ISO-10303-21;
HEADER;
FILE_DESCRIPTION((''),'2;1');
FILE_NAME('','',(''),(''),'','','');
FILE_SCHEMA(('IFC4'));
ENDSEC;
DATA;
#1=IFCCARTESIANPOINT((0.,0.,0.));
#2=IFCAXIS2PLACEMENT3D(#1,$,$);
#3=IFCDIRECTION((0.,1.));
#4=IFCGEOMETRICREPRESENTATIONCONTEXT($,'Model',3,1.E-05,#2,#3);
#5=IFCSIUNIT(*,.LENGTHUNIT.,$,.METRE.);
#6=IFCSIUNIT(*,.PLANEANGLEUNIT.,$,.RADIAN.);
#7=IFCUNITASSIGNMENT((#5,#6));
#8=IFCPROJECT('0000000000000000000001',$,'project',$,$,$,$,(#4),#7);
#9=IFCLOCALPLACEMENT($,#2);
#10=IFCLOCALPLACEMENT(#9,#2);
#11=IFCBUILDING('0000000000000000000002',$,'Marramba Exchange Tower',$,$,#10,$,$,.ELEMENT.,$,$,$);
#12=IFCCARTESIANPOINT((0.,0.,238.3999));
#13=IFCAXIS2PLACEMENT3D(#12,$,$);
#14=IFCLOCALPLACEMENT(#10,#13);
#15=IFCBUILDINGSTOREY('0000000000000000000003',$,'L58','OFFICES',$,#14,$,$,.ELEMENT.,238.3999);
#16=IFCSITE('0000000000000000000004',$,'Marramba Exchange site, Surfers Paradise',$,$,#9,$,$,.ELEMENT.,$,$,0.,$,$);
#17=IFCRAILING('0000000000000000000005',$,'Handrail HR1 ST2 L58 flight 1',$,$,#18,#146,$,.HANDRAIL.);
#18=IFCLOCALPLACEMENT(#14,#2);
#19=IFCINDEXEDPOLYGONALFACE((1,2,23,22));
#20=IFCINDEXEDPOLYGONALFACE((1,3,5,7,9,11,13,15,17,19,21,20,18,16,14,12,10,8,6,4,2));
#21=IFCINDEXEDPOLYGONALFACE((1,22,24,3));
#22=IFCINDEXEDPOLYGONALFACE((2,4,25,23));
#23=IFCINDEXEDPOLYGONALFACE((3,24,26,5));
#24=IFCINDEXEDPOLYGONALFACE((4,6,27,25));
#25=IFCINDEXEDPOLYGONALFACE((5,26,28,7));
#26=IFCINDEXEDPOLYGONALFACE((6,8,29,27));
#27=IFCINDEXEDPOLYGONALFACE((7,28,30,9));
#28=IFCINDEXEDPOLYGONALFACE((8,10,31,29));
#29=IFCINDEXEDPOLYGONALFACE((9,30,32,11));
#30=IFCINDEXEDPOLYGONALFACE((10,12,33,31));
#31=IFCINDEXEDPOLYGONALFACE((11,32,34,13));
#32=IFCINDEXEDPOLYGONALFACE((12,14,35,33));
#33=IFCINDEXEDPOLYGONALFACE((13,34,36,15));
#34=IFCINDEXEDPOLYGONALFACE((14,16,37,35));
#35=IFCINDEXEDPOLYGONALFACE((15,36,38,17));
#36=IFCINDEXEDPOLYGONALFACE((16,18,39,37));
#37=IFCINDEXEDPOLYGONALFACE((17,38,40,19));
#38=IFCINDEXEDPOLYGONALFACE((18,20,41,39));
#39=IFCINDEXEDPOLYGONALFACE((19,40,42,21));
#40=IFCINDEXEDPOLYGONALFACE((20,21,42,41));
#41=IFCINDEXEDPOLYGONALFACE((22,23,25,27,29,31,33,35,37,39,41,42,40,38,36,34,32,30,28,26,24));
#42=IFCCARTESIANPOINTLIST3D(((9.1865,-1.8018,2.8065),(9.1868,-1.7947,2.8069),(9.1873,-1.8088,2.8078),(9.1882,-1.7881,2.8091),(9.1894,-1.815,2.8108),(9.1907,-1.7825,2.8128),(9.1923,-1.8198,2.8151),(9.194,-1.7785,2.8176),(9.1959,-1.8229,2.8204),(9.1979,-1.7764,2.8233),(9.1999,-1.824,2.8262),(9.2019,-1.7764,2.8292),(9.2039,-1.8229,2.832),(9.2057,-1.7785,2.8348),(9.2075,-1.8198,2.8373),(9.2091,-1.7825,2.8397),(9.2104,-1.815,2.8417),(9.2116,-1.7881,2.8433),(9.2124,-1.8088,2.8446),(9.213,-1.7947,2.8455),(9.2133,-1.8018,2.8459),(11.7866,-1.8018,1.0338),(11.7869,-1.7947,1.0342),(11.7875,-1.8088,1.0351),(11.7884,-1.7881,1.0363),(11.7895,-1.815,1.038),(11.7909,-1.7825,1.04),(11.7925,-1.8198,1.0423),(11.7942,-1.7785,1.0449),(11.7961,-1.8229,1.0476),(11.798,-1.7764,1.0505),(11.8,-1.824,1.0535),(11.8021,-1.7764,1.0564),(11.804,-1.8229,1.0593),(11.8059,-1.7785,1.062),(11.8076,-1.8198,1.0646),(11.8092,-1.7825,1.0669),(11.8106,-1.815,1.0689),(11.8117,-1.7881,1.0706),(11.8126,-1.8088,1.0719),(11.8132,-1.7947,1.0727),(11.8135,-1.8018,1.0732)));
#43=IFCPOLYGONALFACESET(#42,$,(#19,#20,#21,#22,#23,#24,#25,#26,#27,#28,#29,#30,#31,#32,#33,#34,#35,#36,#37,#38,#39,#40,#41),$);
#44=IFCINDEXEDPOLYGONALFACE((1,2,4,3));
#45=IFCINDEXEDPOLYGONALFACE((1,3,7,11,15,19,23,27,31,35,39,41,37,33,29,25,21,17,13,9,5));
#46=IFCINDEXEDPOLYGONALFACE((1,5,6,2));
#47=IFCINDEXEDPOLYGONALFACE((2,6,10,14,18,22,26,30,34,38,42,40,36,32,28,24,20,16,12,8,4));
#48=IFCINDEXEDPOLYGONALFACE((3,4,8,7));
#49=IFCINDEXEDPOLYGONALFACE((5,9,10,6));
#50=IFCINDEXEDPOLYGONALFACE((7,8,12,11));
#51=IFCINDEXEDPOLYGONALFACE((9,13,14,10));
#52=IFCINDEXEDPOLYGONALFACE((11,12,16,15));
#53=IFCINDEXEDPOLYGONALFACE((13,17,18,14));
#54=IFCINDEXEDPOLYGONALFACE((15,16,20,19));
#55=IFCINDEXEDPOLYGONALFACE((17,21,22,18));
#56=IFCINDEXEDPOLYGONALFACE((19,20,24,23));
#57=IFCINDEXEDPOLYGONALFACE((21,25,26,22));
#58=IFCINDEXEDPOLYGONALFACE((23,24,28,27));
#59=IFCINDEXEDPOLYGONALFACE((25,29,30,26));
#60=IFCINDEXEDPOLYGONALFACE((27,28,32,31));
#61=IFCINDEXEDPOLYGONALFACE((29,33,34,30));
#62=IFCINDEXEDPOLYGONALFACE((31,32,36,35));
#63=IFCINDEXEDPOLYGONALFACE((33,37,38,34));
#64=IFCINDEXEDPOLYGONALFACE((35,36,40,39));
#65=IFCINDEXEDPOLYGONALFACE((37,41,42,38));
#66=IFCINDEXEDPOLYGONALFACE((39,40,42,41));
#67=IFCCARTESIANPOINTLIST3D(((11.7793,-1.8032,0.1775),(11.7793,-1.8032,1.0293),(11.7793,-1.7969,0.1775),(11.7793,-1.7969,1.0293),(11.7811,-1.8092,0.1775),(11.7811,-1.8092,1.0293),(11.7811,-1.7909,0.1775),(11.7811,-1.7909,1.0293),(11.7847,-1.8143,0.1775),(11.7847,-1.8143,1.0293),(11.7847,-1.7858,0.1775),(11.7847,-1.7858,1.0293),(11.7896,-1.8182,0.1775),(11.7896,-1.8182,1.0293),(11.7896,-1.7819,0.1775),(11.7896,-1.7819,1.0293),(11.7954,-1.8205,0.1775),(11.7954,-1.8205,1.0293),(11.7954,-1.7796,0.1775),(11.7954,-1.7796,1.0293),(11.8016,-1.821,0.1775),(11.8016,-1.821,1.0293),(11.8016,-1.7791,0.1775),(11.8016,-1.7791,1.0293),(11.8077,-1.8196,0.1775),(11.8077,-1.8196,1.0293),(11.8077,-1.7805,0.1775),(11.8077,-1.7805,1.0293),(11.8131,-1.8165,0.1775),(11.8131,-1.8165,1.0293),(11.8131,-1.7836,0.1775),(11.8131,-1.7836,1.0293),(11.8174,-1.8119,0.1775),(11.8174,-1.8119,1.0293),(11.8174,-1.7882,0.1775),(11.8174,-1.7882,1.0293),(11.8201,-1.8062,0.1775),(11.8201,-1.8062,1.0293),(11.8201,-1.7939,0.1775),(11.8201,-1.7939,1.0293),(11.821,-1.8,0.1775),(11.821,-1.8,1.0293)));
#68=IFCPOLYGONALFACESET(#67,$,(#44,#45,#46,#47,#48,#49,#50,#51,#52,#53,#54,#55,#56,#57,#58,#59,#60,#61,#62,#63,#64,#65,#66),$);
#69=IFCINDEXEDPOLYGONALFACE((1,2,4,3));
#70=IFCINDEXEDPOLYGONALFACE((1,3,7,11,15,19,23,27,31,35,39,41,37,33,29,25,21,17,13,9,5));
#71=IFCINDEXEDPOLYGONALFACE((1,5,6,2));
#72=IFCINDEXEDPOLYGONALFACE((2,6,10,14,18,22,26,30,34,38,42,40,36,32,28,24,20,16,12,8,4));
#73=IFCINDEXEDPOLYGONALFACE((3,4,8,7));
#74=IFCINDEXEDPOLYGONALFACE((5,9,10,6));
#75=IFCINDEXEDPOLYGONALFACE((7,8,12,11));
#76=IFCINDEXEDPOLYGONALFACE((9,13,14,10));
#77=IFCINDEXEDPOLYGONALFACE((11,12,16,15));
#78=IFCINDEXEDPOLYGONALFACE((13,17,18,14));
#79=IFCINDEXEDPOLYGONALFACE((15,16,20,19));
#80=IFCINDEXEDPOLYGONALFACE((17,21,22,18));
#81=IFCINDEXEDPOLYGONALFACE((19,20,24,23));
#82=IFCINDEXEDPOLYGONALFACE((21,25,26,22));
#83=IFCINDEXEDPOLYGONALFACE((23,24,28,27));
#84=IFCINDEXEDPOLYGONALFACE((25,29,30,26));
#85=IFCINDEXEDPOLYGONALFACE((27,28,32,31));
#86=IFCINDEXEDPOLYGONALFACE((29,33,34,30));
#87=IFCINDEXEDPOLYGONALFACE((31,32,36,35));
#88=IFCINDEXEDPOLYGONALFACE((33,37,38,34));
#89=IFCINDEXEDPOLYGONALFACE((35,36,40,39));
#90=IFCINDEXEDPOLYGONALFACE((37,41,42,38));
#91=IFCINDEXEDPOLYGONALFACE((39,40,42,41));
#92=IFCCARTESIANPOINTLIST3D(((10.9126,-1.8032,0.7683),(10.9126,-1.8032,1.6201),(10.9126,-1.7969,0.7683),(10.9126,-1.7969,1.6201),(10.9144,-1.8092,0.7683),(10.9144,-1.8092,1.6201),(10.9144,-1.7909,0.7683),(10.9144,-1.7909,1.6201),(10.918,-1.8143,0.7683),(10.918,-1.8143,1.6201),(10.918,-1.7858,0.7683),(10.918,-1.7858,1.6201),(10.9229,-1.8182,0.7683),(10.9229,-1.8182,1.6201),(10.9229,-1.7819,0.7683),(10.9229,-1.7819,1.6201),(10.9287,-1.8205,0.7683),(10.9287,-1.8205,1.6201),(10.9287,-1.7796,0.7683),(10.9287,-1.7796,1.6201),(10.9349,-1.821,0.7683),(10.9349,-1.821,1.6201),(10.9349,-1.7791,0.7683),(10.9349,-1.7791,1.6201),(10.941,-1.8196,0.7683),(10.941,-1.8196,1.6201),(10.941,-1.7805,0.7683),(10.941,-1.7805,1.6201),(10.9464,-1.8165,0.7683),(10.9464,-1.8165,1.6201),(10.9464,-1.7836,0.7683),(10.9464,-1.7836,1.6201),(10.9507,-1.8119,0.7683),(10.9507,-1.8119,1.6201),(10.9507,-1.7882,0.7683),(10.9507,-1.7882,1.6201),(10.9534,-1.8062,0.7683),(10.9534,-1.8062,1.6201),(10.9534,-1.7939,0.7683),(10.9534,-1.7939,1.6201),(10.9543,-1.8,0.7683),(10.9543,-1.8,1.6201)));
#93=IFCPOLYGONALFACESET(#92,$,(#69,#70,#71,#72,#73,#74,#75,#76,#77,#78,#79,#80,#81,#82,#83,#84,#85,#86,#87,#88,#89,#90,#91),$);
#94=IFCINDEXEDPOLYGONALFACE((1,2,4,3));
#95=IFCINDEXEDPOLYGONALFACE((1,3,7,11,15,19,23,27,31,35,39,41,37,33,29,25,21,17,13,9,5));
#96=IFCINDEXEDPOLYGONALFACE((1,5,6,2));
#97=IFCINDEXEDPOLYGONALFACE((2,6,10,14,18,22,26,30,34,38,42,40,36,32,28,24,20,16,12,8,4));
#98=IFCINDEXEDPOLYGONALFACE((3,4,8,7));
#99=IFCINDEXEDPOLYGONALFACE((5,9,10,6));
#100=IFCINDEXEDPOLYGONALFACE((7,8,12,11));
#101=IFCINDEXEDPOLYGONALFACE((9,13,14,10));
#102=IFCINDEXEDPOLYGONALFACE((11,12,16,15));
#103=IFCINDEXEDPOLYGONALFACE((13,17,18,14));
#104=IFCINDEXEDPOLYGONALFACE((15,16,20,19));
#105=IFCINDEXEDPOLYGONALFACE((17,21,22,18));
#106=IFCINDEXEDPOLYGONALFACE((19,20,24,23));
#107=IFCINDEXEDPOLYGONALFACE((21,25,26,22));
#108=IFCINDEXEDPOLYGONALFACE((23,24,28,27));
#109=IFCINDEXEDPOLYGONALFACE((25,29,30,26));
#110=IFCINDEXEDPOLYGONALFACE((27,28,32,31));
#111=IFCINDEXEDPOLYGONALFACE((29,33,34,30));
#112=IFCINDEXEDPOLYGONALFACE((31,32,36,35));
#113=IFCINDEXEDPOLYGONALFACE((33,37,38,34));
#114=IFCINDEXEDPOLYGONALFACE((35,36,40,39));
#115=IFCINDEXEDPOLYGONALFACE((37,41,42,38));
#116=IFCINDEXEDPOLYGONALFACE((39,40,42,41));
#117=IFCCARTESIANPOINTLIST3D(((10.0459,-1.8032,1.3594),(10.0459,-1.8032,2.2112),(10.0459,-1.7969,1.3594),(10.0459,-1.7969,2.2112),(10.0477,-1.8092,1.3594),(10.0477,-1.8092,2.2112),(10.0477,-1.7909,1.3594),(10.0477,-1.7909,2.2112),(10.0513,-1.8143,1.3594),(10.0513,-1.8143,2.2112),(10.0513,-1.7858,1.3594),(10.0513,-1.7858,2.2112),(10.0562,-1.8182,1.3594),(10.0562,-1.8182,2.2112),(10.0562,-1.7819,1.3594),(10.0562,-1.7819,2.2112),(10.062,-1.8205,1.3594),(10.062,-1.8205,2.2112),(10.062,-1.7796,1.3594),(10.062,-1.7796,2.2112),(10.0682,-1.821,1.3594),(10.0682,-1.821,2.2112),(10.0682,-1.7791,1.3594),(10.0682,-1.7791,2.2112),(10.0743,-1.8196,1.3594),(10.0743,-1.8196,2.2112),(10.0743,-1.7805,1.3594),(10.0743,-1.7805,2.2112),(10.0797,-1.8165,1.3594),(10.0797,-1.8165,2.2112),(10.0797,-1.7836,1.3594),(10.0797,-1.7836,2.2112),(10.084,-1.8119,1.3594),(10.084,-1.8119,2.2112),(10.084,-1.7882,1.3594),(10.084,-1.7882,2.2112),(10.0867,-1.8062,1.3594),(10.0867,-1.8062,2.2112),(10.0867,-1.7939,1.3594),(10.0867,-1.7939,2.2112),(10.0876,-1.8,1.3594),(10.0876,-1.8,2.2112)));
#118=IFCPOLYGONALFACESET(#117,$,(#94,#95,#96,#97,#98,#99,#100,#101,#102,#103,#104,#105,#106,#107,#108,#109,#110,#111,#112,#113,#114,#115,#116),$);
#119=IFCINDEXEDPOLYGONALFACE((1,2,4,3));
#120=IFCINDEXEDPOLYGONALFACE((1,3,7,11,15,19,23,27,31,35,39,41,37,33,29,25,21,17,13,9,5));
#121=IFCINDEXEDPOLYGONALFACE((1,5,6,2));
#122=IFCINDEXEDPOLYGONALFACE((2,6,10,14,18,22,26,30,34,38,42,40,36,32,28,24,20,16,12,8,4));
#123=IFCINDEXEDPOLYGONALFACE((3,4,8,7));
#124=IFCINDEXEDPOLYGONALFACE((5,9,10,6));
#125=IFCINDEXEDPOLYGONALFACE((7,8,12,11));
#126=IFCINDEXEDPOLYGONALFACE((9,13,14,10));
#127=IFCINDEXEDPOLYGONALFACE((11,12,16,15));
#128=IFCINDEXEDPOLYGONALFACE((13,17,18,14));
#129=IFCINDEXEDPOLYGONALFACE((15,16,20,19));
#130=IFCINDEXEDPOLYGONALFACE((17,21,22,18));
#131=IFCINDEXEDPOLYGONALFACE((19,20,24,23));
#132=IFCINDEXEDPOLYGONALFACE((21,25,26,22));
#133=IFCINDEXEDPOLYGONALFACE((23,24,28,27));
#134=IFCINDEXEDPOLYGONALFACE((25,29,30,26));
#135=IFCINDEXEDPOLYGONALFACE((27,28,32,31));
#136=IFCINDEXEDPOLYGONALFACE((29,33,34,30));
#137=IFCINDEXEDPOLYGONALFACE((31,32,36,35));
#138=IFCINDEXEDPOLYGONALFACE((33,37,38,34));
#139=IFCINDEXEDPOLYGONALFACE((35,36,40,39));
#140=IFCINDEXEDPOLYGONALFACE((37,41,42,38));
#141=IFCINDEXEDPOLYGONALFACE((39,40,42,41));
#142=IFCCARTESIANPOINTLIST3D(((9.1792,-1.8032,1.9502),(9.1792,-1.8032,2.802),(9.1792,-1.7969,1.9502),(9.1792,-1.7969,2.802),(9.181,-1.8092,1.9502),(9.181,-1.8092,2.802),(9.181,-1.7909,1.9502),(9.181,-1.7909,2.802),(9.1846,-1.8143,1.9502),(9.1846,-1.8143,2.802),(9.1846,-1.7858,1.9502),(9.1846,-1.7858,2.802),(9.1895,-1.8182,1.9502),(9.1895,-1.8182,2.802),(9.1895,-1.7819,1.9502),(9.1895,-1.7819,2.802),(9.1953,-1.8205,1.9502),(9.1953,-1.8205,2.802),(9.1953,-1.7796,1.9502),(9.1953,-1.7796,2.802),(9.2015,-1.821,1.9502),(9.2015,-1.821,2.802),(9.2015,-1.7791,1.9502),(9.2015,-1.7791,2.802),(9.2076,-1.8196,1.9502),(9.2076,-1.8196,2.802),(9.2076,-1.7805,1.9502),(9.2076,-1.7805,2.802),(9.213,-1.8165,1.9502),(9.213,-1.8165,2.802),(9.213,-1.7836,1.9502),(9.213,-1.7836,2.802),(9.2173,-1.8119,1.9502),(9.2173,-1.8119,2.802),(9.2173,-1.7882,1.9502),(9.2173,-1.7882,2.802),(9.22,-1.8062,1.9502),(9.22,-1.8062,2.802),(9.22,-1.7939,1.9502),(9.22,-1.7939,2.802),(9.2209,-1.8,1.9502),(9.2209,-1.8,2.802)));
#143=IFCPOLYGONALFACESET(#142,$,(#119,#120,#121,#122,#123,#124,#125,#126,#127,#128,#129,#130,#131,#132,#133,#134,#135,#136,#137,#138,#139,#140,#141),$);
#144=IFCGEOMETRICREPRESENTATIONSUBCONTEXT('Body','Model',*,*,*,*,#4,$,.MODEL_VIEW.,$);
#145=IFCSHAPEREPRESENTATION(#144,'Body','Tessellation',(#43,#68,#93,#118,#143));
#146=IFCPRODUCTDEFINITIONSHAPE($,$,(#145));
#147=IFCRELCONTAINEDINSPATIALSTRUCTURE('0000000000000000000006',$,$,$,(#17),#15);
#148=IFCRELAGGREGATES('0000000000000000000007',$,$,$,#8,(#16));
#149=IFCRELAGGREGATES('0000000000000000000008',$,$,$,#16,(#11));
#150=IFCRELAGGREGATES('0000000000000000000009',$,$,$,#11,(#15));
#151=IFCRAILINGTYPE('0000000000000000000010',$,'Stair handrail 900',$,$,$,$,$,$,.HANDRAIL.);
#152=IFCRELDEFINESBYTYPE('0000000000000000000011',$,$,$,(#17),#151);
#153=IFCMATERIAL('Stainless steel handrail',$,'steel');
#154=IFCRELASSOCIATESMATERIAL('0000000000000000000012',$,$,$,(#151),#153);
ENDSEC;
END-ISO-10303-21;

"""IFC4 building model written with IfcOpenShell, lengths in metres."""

from ifc_helpers import new_model, si_unit, direction, frame, origin, origin_2d, place, context, subcontext, project, spatial, circle, extrude, material, type_object, element, save


model = new_model("IFC4")

# Units and contexts
model_context = context("Model", 3, precision=1e-05, world=origin(), true_north=direction((0.0, 1.0)))
body_context = subcontext(model_context, "Body", "Model", "MODEL_VIEW")
ifc_project = project(units=[si_unit("LENGTHUNIT", "METRE"), si_unit("PLANEANGLEUNIT", "RADIAN")], contexts=[model_context])

# Site, building, storey
site_placement = place(None, origin())
site = spatial("IfcSite", under=ifc_project, at=site_placement, Name="Marramba Exchange site, Surfers Paradise", CompositionType="ELEMENT", RefElevation=0.0)
building_placement = place(site_placement, origin())
building = spatial("IfcBuilding", under=site, at=building_placement, Name="Marramba Exchange Tower", CompositionType="ELEMENT")
storey_placement = place(building_placement, frame((0.0, 0.0, 238.3999)))
storey = spatial("IfcBuildingStorey", under=building, at=storey_placement, Name="L58", Description="OFFICES", CompositionType="ELEMENT", Elevation=238.3999)

# Railing
ifc_material_1 = material(Name="Stainless steel handrail", Category="steel")
railing_type = type_object("IfcRailingType", Name="Stair handrail 900", PredefinedType="HANDRAIL", material=ifc_material_1)
railing_1_placement = place(storey_placement, frame((11.8, -1.8, 0.1775)))
element("IfcRailing", 1, at=railing_1_placement, inside=storey, type_object=railing_type, Name="Handrail HR1 ST2 L58 flight 1", PredefinedType="HANDRAIL", context=body_context, shape_type="SweptSolid", body=[
    extrude(circle(Radius=0.0239, at=origin_2d()), frame((0.0, 0.0, 0.876), z_axis=(-0.82624, 0.0, 0.563318), x_axis=(0.0, -1.0, 0.0)), (0.0, 0.0, 1.0), 3.147),
    extrude(circle(Radius=0.021, at=origin_2d()), origin(), (0.0, 0.0, 1.0), 0.8518),
    extrude(circle(Radius=0.021, at=origin_2d()), frame((-0.8667, 0.0, 0.5908)), (0.0, 0.0, 1.0), 0.8518),
    extrude(circle(Radius=0.021, at=origin_2d()), frame((-1.7334, 0.0, 1.1819)), (0.0, 0.0, 1.0), 0.8518),
    extrude(circle(Radius=0.021, at=origin_2d()), frame((-2.6001, 0.0, 1.7727)), (0.0, 0.0, 1.0), 0.8518),
])

save(model, "model.ifc")
